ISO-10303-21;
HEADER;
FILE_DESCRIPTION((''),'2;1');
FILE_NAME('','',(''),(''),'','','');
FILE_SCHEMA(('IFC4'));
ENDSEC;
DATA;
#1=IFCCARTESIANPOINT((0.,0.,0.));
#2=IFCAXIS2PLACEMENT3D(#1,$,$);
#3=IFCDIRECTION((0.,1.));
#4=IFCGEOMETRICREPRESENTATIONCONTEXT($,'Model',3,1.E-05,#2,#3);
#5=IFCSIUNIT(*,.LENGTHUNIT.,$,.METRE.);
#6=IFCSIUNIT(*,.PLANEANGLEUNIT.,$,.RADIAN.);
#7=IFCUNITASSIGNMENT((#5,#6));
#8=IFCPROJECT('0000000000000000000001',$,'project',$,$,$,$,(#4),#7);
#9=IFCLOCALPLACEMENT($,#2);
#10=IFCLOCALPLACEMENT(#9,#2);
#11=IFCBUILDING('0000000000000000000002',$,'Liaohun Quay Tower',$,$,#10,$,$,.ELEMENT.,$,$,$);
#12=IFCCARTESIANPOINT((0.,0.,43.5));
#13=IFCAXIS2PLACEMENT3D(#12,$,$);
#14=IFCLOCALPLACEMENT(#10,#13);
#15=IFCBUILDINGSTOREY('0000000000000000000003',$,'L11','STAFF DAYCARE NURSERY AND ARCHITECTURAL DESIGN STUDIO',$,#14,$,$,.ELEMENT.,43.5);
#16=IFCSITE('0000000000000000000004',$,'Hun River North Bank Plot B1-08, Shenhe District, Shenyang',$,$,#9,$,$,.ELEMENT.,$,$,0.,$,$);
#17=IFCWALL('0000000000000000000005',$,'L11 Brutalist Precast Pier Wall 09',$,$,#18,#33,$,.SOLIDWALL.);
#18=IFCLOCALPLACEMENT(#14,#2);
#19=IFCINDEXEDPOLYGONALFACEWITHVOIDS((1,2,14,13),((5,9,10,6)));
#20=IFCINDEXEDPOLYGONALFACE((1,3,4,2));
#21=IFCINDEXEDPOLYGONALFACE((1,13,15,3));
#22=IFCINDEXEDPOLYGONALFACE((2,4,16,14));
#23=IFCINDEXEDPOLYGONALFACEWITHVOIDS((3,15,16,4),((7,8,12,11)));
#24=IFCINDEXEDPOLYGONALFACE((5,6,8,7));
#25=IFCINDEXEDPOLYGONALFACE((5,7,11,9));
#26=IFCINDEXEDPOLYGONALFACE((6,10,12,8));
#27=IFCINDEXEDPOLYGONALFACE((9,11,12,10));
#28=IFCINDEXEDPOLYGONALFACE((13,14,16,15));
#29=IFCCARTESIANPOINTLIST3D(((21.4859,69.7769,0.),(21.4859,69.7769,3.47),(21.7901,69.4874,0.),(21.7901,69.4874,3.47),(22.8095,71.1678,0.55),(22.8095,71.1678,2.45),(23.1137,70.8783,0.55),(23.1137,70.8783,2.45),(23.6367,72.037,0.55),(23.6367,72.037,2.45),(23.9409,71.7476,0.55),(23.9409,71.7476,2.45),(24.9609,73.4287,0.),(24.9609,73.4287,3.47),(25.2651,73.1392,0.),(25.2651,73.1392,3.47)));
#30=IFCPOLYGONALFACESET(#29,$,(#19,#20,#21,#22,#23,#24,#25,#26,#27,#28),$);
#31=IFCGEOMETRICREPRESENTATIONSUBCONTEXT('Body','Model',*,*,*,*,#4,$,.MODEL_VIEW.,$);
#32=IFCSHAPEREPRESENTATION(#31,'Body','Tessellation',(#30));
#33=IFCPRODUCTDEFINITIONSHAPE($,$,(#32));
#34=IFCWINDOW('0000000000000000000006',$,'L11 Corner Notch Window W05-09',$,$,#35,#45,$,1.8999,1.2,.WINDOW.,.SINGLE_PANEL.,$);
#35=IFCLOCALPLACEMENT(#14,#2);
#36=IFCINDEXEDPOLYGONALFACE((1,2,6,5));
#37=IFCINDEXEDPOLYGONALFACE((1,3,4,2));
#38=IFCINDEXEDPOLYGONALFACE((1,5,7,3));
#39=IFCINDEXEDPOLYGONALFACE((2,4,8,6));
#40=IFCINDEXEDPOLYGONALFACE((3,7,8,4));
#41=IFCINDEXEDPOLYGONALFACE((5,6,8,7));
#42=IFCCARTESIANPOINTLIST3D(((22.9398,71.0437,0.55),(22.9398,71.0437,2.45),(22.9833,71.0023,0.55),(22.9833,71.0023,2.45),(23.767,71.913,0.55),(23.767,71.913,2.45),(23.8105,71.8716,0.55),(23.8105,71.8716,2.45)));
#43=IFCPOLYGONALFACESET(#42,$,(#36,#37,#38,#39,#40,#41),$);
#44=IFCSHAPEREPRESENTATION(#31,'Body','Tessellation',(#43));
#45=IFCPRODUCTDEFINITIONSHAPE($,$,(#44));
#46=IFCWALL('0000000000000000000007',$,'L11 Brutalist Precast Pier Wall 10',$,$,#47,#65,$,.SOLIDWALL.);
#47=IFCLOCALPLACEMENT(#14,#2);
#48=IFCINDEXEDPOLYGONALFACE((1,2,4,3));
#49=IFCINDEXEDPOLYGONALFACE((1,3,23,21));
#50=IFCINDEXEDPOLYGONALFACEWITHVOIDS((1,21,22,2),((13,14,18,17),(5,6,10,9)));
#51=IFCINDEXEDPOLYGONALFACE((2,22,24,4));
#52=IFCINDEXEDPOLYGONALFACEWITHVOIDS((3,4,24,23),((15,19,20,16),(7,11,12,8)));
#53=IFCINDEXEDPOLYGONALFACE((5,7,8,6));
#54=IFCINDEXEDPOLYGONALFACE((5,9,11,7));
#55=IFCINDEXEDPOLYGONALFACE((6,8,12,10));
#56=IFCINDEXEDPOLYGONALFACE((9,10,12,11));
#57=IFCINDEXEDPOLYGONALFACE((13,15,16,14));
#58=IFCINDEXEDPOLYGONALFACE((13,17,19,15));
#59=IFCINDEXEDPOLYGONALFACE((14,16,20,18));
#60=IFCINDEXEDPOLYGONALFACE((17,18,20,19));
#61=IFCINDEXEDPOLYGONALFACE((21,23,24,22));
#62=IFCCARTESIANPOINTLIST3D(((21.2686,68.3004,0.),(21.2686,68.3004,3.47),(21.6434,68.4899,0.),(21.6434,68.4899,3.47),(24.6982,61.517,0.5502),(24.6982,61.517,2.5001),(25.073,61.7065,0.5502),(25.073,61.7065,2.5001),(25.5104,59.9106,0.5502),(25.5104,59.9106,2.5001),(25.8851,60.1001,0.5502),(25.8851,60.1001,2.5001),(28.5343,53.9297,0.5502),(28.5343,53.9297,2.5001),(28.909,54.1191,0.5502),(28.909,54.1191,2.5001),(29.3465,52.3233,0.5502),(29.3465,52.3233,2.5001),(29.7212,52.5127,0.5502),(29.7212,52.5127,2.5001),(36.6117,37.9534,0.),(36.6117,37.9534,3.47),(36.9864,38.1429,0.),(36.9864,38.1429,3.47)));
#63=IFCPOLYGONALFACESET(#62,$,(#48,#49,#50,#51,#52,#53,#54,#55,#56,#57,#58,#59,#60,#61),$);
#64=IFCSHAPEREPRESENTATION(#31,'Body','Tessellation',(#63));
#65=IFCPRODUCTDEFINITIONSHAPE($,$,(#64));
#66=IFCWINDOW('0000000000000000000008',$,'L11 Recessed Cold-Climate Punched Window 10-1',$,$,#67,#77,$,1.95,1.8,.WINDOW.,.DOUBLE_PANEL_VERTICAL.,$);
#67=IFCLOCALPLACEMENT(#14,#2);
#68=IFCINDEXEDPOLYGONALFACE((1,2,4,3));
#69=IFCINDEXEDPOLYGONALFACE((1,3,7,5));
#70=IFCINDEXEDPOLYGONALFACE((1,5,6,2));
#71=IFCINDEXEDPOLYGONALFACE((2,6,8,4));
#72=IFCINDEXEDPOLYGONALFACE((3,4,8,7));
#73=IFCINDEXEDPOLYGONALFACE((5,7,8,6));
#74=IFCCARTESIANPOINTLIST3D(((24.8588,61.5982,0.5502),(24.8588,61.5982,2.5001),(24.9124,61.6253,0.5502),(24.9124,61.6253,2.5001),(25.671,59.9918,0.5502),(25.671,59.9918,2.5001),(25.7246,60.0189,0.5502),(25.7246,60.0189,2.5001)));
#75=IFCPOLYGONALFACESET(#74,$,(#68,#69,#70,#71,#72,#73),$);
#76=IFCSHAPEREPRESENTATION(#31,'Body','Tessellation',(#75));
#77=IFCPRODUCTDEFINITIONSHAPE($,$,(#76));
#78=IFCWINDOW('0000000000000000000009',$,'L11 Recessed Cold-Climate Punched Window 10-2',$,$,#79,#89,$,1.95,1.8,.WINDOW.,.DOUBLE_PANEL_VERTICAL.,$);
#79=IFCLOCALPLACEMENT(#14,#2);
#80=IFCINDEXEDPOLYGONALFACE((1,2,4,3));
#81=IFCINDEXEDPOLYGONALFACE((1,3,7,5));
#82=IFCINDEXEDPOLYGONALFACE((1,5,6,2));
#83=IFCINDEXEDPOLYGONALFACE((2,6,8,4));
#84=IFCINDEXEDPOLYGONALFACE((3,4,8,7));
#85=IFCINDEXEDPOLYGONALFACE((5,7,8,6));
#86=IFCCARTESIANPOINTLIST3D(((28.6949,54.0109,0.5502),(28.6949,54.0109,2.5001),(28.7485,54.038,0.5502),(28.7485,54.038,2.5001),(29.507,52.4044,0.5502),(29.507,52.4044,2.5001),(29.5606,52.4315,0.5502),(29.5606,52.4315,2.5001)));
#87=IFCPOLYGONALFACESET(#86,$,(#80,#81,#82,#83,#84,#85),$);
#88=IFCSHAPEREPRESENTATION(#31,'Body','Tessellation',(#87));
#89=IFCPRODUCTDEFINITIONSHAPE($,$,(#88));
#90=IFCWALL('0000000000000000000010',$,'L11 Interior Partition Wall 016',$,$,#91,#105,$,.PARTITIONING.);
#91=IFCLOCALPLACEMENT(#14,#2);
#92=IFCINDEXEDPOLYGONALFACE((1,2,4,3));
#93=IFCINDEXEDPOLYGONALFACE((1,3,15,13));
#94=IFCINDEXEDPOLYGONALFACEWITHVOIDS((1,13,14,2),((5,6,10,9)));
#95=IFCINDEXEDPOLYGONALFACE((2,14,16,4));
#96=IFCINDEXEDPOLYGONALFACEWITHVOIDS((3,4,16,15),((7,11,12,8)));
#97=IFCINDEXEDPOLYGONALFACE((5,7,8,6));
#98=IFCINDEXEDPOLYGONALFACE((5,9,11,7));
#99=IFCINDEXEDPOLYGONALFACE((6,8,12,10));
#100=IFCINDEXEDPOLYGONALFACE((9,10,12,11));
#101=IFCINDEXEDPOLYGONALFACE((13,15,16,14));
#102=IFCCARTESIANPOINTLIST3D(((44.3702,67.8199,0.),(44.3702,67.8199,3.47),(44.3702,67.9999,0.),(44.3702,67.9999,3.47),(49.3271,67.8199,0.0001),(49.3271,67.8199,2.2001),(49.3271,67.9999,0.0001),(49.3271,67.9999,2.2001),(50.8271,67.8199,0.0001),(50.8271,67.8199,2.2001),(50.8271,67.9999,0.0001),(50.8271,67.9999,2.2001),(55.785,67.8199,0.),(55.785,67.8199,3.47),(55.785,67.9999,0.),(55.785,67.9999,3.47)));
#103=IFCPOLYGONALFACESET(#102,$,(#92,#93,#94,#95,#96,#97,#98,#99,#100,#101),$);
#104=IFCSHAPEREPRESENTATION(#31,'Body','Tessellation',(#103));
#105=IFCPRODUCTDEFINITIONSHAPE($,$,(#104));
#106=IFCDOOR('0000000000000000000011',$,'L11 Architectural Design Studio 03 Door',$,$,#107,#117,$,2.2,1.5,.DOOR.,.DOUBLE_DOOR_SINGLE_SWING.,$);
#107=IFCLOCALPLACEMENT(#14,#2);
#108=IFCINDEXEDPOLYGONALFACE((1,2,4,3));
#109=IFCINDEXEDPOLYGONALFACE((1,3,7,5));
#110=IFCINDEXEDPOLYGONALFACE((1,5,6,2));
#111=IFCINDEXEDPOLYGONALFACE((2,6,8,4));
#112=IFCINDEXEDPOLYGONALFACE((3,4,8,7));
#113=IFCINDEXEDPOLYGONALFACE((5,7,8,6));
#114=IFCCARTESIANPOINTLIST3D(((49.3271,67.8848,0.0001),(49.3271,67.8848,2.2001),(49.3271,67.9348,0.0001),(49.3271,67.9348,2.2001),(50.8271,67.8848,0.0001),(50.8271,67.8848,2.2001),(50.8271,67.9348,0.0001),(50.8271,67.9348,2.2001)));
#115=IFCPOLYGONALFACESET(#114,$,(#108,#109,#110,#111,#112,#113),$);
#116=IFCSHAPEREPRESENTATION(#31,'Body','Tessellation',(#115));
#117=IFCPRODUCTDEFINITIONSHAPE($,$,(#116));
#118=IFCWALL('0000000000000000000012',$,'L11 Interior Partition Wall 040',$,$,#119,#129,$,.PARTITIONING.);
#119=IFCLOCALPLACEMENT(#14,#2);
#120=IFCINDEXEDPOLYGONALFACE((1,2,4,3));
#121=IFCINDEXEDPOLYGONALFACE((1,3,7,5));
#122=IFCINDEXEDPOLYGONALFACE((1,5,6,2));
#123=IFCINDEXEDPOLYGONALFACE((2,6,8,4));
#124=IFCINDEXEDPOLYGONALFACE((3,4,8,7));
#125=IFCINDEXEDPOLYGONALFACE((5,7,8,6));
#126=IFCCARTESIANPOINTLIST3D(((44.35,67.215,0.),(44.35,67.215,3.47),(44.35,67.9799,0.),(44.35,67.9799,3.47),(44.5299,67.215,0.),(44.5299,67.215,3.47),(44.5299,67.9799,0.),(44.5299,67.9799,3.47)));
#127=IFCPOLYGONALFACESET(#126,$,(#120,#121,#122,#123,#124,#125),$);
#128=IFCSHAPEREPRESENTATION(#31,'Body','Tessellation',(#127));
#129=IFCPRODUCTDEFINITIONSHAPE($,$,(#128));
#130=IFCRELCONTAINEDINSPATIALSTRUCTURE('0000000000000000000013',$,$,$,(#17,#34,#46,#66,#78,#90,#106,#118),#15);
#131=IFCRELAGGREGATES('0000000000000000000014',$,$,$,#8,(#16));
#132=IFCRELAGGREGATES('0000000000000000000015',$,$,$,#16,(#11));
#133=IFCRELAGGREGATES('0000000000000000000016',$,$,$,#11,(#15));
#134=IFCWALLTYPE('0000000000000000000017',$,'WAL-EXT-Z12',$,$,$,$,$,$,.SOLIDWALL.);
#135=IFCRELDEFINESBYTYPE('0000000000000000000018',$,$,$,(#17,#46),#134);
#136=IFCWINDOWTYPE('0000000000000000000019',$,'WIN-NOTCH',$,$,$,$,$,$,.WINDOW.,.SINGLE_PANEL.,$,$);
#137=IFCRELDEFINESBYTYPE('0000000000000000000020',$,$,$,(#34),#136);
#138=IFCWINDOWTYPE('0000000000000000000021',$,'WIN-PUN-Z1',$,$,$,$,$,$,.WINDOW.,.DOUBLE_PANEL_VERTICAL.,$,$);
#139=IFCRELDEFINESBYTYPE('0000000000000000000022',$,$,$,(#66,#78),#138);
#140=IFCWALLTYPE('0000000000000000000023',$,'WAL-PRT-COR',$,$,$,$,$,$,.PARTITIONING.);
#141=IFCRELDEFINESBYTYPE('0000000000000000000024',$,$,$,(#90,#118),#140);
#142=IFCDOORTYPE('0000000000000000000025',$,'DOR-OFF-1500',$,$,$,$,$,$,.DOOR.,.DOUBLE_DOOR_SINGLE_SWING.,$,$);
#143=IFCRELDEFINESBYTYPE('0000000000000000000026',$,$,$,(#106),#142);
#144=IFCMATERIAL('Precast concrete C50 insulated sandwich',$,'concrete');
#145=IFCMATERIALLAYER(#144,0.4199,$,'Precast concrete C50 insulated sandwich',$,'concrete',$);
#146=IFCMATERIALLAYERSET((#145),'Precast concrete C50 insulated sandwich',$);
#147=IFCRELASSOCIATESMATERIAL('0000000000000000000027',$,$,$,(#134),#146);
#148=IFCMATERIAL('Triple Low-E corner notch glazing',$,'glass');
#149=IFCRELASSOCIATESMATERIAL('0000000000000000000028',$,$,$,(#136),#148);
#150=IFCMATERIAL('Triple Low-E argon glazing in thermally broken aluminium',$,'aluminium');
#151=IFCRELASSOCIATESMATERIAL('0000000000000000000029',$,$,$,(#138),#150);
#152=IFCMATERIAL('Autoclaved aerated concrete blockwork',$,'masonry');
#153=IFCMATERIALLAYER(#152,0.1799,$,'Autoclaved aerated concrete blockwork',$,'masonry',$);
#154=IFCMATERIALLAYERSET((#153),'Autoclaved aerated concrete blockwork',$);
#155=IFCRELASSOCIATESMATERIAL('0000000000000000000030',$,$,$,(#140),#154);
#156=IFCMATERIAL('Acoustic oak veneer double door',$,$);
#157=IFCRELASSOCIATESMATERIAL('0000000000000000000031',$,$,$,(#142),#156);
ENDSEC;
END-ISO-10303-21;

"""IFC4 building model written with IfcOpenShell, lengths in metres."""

from ifc_helpers import new_model, si_unit, direction, frame, frame_2d, origin, place, context, subcontext, project, spatial, rectangle, extrude, source, transform, mapped, material, layer, layer_set, type_object, element, fill, save


model = new_model("IFC4")

# Units and contexts
model_context = context("Model", 3, precision=1e-05, world=origin(), true_north=direction((0.0, 1.0)))
body_context = subcontext(model_context, "Body", "Model", "MODEL_VIEW")
ifc_project = project(units=[si_unit("LENGTHUNIT", "METRE"), si_unit("PLANEANGLEUNIT", "RADIAN")], contexts=[model_context])

# Site, building, storey
site_placement = place(None, origin())
site = spatial("IfcSite", under=ifc_project, at=site_placement, Name="Hun River North Bank Plot B1-08, Shenhe District, Shenyang", CompositionType="ELEMENT", RefElevation=0.0)
building_placement = place(site_placement, origin())
building = spatial("IfcBuilding", under=site, at=building_placement, Name="Liaohun Quay Tower", CompositionType="ELEMENT")
storey_placement = place(building_placement, frame((0.0, 0.0, 43.5)))
storey = spatial("IfcBuildingStorey", under=building, at=storey_placement, Name="L11", Description="STAFF DAYCARE NURSERY AND ARCHITECTURAL DESIGN STUDIO", CompositionType="ELEMENT", Elevation=43.5)

# Wall, opening, window
ifc_material_1 = material(Name="Precast concrete C50 insulated sandwich", Category="concrete")
ifc_layer_1 = layer(ifc_material_1, 0.4199, Name="Precast concrete C50 insulated sandwich", Category="concrete")
ifc_layer_set_1 = layer_set([ifc_layer_1], Name="Precast concrete C50 insulated sandwich")
wall_type_1 = type_object("IfcWallType", Name="WAL-EXT-Z12", PredefinedType="SOLIDWALL", material=ifc_layer_set_1)
shared_shape_1 = source(origin(), body_context, "Body", "SweptSolid", [
    extrude(rectangle(XDim=1.2, YDim=1.8999, at=frame_2d((0.6001, 0.95))), frame((0.0, 0.22, 0.0), z_axis=(0.0, -1.0, 0.0), x_axis=(1.0, 0.0, 0.0)), (0.0, 0.0, 1.0), 0.4399),
])
ifc_material_2 = material(Name="Triple Low-E corner notch glazing", Category="glass")
window_type_1 = type_object("IfcWindowType", Name="WIN-NOTCH", PartitioningType="SINGLE_PANEL", PredefinedType="WINDOW", material=ifc_material_2)
shared_shape_2 = source(origin(), body_context, "Body", "SweptSolid", [
    extrude(rectangle(XDim=1.2, YDim=1.8999, at=frame_2d((0.6001, 0.95))), frame((0.0, 0.03, 0.0), z_axis=(0.0, -1.0, 0.0), x_axis=(1.0, 0.0, 0.0)), (0.0, 0.0, 1.0), 0.0601),
])
wall_1_placement = place(storey_placement, frame((25.113, 73.2839, 0.0), z_axis=(0.0, 0.0, 1.0), x_axis=(-0.689358, -0.724421, 0.0)))
wall_1 = element("IfcWall", 1, at=wall_1_placement, inside=storey, type_object=wall_type_1, Name="L11 Brutalist Precast Pier Wall 09", PredefinedType="SOLIDWALL", context=body_context, shape_type="SweptSolid", body=[
    extrude(rectangle(XDim=5.041, YDim=0.4199, at=frame_2d((2.5205, 0.0))), origin(), (0.0, 0.0, 1.0), 3.47),
])
opening_1_placement = place(wall_1_placement, frame((1.9209, 0.0, 0.55)))
opening_1 = element("IfcOpeningElement", 2, at=opening_1_placement, cuts=wall_1, PredefinedType="OPENING", context=body_context, shape_type="MappedRepresentation", body=[
    mapped(shared_shape_1, transform((0.0, 0.0, 0.0), x_axis=(1.0, 0.0, 0.0), y_axis=(0.0, 1.0, 0.0), z_axis=(0.0, 0.0, 1.0), scale=1.0)),
])
window_1_placement = place(opening_1_placement, origin())
window_1 = element("IfcWindow", 3, at=window_1_placement, inside=storey, type_object=window_type_1, Name="L11 Corner Notch Window W05-09", OverallHeight=1.8999, OverallWidth=1.2, PartitioningType="SINGLE_PANEL", PredefinedType="WINDOW", context=body_context, shape_type="MappedRepresentation", body=[
    mapped(shared_shape_2, transform((0.0, 0.0, 0.0), x_axis=(1.0, 0.0, 0.0), y_axis=(0.0, 1.0, 0.0), z_axis=(0.0, 0.0, 1.0), scale=1.0)),
])
fill(opening_1, window_1)

# Wall, openings, windows
wall_2_placement = place(storey_placement, frame((21.4561, 68.395, 0.0), z_axis=(0.0, 0.0, 1.0), x_axis=(0.451198, -0.892424, 0.0)))
wall_2 = element("IfcWall", 4, at=wall_2_placement, inside=storey, type_object=wall_type_1, Name="L11 Brutalist Precast Pier Wall 10", PredefinedType="SOLIDWALL", context=body_context, shape_type="SweptSolid", body=[
    extrude(rectangle(XDim=34.0051, YDim=0.4199, at=frame_2d((17.0024, 0.0))), origin(), (0.0, 0.0, 1.0), 3.47),
])
shared_shape_3 = source(origin(), body_context, "Body", "SweptSolid", [
    extrude(rectangle(XDim=1.8, YDim=1.95, at=frame_2d((0.8999, 0.9751))), frame((0.0, 0.22, 0.0), z_axis=(0.0, -1.0, 0.0), x_axis=(1.0, 0.0, 0.0)), (0.0, 0.0, 1.0), 0.4399),
])
opening_2_placement = place(wall_2_placement, frame((7.6011, 0.0, 0.55)))
opening_2 = element("IfcOpeningElement", 5, at=opening_2_placement, cuts=wall_2, PredefinedType="OPENING", context=body_context, shape_type="MappedRepresentation", body=[
    mapped(shared_shape_3, transform((0.0, 0.0, 0.0), x_axis=(1.0, 0.0, 0.0), y_axis=(0.0, 1.0, 0.0), z_axis=(0.0, 0.0, 1.0), scale=1.0)),
])
opening_3_placement = place(wall_2_placement, frame((16.103, 0.0, 0.55)))
opening_3 = element("IfcOpeningElement", 6, at=opening_3_placement, cuts=wall_2, PredefinedType="OPENING", context=body_context, shape_type="MappedRepresentation", body=[
    mapped(shared_shape_3, transform((0.0, 0.0, 0.0), x_axis=(1.0, 0.0, 0.0), y_axis=(0.0, 1.0, 0.0), z_axis=(0.0, 0.0, 1.0), scale=1.0)),
])
ifc_material_3 = material(Name="Triple Low-E argon glazing in thermally broken aluminium", Category="aluminium")
window_type_2 = type_object("IfcWindowType", Name="WIN-PUN-Z1", PartitioningType="DOUBLE_PANEL_VERTICAL", PredefinedType="WINDOW", material=ifc_material_3)
shared_shape_4 = source(origin(), body_context, "Body", "SweptSolid", [
    extrude(rectangle(XDim=1.8, YDim=1.95, at=frame_2d((0.8999, 0.9751))), frame((0.0, 0.03, 0.0), z_axis=(0.0, -1.0, 0.0), x_axis=(1.0, 0.0, 0.0)), (0.0, 0.0, 1.0), 0.0601),
])
window_2_placement = place(opening_2_placement, origin())
window_2 = element("IfcWindow", 7, at=window_2_placement, inside=storey, type_object=window_type_2, Name="L11 Recessed Cold-Climate Punched Window 10-1", OverallHeight=1.95, OverallWidth=1.8, PartitioningType="DOUBLE_PANEL_VERTICAL", PredefinedType="WINDOW", context=body_context, shape_type="MappedRepresentation", body=[
    mapped(shared_shape_4, transform((0.0, 0.0, 0.0), x_axis=(1.0, 0.0, 0.0), y_axis=(0.0, 1.0, 0.0), z_axis=(0.0, 0.0, 1.0), scale=1.0)),
])
fill(opening_2, window_2)
window_3_placement = place(opening_3_placement, origin())
window_3 = element("IfcWindow", 8, at=window_3_placement, inside=storey, type_object=window_type_2, Name="L11 Recessed Cold-Climate Punched Window 10-2", OverallHeight=1.95, OverallWidth=1.8, PartitioningType="DOUBLE_PANEL_VERTICAL", PredefinedType="WINDOW", context=body_context, shape_type="MappedRepresentation", body=[
    mapped(shared_shape_4, transform((0.0, 0.0, 0.0), x_axis=(1.0, 0.0, 0.0), y_axis=(0.0, 1.0, 0.0), z_axis=(0.0, 0.0, 1.0), scale=1.0)),
])
fill(opening_3, window_3)

# Wall, opening, door
ifc_material_4 = material(Name="Autoclaved aerated concrete blockwork", Category="masonry")
ifc_layer_2 = layer(ifc_material_4, 0.1799, Name="Autoclaved aerated concrete blockwork", Category="masonry")
ifc_layer_set_2 = layer_set([ifc_layer_2], Name="Autoclaved aerated concrete blockwork")
wall_type_2 = type_object("IfcWallType", Name="WAL-PRT-COR", PredefinedType="PARTITIONING", material=ifc_layer_set_2)
wall_3_placement = place(storey_placement, frame((44.3701, 67.9099, 0.0), z_axis=(0.0, 0.0, 1.0), x_axis=(1.0, 0.0, 0.0)))
wall_3 = element("IfcWall", 9, at=wall_3_placement, inside=storey, type_object=wall_type_2, Name="L11 Interior Partition Wall 016", PredefinedType="PARTITIONING", context=body_context, shape_type="SweptSolid", body=[
    extrude(rectangle(XDim=11.4148, YDim=0.1799, at=frame_2d((5.7075, 0.0))), origin(), (0.0, 0.0, 1.0), 3.47),
])
shared_shape_5 = source(origin(), body_context, "Body", "SweptSolid", [
    extrude(rectangle(XDim=1.5, YDim=2.2, at=frame_2d((0.75, 1.1001))), frame((0.0, 0.0999, 0.0), z_axis=(0.0, -1.0, 0.0), x_axis=(1.0, 0.0, 0.0)), (0.0, 0.0, 1.0), 0.2),
])
opening_4_placement = place(wall_3_placement, frame((4.957, 0.0, 0.0)))
opening_4 = element("IfcOpeningElement", 10, at=opening_4_placement, cuts=wall_3, PredefinedType="OPENING", context=body_context, shape_type="MappedRepresentation", body=[
    mapped(shared_shape_5, transform((0.0, 0.0, 0.0), x_axis=(1.0, 0.0, 0.0), y_axis=(0.0, 1.0, 0.0), z_axis=(0.0, 0.0, 1.0), scale=1.0)),
])
ifc_material_5 = material(Name="Acoustic oak veneer double door")
door_type = type_object("IfcDoorType", Name="DOR-OFF-1500", OperationType="DOUBLE_DOOR_SINGLE_SWING", PredefinedType="DOOR", material=ifc_material_5)
shared_shape_6 = source(origin(), body_context, "Body", "SweptSolid", [
    extrude(rectangle(XDim=1.5, YDim=2.2, at=frame_2d((0.75, 1.1001))), frame((0.0, 0.0249, 0.0), z_axis=(0.0, -1.0, 0.0), x_axis=(1.0, 0.0, 0.0)), (0.0, 0.0, 1.0), 0.05),
])
door_placement = place(opening_4_placement, origin())
door = element("IfcDoor", 11, at=door_placement, inside=storey, type_object=door_type, Name="L11 Architectural Design Studio 03 Door", OperationType="DOUBLE_DOOR_SINGLE_SWING", OverallHeight=2.2, OverallWidth=1.5, PredefinedType="DOOR", context=body_context, shape_type="MappedRepresentation", body=[
    mapped(shared_shape_6, transform((0.0, 0.0, 0.0), x_axis=(1.0, 0.0, 0.0), y_axis=(0.0, 1.0, 0.0), z_axis=(0.0, 0.0, 1.0), scale=1.0)),
])
fill(opening_4, door)

# Wall
wall_4_placement = place(storey_placement, frame((44.4399, 67.2151, 0.0), z_axis=(0.0, 0.0, 1.0), x_axis=(0.0, 1.0, 0.0)))
element("IfcWall", 12, at=wall_4_placement, inside=storey, type_object=wall_type_2, Name="L11 Interior Partition Wall 040", PredefinedType="PARTITIONING", context=body_context, shape_type="SweptSolid", body=[
    extrude(rectangle(XDim=0.7649, YDim=0.1799, at=frame_2d((0.3823, 0.0))), origin(), (0.0, 0.0, 1.0), 3.47),
])

save(model, "model.ifc")
